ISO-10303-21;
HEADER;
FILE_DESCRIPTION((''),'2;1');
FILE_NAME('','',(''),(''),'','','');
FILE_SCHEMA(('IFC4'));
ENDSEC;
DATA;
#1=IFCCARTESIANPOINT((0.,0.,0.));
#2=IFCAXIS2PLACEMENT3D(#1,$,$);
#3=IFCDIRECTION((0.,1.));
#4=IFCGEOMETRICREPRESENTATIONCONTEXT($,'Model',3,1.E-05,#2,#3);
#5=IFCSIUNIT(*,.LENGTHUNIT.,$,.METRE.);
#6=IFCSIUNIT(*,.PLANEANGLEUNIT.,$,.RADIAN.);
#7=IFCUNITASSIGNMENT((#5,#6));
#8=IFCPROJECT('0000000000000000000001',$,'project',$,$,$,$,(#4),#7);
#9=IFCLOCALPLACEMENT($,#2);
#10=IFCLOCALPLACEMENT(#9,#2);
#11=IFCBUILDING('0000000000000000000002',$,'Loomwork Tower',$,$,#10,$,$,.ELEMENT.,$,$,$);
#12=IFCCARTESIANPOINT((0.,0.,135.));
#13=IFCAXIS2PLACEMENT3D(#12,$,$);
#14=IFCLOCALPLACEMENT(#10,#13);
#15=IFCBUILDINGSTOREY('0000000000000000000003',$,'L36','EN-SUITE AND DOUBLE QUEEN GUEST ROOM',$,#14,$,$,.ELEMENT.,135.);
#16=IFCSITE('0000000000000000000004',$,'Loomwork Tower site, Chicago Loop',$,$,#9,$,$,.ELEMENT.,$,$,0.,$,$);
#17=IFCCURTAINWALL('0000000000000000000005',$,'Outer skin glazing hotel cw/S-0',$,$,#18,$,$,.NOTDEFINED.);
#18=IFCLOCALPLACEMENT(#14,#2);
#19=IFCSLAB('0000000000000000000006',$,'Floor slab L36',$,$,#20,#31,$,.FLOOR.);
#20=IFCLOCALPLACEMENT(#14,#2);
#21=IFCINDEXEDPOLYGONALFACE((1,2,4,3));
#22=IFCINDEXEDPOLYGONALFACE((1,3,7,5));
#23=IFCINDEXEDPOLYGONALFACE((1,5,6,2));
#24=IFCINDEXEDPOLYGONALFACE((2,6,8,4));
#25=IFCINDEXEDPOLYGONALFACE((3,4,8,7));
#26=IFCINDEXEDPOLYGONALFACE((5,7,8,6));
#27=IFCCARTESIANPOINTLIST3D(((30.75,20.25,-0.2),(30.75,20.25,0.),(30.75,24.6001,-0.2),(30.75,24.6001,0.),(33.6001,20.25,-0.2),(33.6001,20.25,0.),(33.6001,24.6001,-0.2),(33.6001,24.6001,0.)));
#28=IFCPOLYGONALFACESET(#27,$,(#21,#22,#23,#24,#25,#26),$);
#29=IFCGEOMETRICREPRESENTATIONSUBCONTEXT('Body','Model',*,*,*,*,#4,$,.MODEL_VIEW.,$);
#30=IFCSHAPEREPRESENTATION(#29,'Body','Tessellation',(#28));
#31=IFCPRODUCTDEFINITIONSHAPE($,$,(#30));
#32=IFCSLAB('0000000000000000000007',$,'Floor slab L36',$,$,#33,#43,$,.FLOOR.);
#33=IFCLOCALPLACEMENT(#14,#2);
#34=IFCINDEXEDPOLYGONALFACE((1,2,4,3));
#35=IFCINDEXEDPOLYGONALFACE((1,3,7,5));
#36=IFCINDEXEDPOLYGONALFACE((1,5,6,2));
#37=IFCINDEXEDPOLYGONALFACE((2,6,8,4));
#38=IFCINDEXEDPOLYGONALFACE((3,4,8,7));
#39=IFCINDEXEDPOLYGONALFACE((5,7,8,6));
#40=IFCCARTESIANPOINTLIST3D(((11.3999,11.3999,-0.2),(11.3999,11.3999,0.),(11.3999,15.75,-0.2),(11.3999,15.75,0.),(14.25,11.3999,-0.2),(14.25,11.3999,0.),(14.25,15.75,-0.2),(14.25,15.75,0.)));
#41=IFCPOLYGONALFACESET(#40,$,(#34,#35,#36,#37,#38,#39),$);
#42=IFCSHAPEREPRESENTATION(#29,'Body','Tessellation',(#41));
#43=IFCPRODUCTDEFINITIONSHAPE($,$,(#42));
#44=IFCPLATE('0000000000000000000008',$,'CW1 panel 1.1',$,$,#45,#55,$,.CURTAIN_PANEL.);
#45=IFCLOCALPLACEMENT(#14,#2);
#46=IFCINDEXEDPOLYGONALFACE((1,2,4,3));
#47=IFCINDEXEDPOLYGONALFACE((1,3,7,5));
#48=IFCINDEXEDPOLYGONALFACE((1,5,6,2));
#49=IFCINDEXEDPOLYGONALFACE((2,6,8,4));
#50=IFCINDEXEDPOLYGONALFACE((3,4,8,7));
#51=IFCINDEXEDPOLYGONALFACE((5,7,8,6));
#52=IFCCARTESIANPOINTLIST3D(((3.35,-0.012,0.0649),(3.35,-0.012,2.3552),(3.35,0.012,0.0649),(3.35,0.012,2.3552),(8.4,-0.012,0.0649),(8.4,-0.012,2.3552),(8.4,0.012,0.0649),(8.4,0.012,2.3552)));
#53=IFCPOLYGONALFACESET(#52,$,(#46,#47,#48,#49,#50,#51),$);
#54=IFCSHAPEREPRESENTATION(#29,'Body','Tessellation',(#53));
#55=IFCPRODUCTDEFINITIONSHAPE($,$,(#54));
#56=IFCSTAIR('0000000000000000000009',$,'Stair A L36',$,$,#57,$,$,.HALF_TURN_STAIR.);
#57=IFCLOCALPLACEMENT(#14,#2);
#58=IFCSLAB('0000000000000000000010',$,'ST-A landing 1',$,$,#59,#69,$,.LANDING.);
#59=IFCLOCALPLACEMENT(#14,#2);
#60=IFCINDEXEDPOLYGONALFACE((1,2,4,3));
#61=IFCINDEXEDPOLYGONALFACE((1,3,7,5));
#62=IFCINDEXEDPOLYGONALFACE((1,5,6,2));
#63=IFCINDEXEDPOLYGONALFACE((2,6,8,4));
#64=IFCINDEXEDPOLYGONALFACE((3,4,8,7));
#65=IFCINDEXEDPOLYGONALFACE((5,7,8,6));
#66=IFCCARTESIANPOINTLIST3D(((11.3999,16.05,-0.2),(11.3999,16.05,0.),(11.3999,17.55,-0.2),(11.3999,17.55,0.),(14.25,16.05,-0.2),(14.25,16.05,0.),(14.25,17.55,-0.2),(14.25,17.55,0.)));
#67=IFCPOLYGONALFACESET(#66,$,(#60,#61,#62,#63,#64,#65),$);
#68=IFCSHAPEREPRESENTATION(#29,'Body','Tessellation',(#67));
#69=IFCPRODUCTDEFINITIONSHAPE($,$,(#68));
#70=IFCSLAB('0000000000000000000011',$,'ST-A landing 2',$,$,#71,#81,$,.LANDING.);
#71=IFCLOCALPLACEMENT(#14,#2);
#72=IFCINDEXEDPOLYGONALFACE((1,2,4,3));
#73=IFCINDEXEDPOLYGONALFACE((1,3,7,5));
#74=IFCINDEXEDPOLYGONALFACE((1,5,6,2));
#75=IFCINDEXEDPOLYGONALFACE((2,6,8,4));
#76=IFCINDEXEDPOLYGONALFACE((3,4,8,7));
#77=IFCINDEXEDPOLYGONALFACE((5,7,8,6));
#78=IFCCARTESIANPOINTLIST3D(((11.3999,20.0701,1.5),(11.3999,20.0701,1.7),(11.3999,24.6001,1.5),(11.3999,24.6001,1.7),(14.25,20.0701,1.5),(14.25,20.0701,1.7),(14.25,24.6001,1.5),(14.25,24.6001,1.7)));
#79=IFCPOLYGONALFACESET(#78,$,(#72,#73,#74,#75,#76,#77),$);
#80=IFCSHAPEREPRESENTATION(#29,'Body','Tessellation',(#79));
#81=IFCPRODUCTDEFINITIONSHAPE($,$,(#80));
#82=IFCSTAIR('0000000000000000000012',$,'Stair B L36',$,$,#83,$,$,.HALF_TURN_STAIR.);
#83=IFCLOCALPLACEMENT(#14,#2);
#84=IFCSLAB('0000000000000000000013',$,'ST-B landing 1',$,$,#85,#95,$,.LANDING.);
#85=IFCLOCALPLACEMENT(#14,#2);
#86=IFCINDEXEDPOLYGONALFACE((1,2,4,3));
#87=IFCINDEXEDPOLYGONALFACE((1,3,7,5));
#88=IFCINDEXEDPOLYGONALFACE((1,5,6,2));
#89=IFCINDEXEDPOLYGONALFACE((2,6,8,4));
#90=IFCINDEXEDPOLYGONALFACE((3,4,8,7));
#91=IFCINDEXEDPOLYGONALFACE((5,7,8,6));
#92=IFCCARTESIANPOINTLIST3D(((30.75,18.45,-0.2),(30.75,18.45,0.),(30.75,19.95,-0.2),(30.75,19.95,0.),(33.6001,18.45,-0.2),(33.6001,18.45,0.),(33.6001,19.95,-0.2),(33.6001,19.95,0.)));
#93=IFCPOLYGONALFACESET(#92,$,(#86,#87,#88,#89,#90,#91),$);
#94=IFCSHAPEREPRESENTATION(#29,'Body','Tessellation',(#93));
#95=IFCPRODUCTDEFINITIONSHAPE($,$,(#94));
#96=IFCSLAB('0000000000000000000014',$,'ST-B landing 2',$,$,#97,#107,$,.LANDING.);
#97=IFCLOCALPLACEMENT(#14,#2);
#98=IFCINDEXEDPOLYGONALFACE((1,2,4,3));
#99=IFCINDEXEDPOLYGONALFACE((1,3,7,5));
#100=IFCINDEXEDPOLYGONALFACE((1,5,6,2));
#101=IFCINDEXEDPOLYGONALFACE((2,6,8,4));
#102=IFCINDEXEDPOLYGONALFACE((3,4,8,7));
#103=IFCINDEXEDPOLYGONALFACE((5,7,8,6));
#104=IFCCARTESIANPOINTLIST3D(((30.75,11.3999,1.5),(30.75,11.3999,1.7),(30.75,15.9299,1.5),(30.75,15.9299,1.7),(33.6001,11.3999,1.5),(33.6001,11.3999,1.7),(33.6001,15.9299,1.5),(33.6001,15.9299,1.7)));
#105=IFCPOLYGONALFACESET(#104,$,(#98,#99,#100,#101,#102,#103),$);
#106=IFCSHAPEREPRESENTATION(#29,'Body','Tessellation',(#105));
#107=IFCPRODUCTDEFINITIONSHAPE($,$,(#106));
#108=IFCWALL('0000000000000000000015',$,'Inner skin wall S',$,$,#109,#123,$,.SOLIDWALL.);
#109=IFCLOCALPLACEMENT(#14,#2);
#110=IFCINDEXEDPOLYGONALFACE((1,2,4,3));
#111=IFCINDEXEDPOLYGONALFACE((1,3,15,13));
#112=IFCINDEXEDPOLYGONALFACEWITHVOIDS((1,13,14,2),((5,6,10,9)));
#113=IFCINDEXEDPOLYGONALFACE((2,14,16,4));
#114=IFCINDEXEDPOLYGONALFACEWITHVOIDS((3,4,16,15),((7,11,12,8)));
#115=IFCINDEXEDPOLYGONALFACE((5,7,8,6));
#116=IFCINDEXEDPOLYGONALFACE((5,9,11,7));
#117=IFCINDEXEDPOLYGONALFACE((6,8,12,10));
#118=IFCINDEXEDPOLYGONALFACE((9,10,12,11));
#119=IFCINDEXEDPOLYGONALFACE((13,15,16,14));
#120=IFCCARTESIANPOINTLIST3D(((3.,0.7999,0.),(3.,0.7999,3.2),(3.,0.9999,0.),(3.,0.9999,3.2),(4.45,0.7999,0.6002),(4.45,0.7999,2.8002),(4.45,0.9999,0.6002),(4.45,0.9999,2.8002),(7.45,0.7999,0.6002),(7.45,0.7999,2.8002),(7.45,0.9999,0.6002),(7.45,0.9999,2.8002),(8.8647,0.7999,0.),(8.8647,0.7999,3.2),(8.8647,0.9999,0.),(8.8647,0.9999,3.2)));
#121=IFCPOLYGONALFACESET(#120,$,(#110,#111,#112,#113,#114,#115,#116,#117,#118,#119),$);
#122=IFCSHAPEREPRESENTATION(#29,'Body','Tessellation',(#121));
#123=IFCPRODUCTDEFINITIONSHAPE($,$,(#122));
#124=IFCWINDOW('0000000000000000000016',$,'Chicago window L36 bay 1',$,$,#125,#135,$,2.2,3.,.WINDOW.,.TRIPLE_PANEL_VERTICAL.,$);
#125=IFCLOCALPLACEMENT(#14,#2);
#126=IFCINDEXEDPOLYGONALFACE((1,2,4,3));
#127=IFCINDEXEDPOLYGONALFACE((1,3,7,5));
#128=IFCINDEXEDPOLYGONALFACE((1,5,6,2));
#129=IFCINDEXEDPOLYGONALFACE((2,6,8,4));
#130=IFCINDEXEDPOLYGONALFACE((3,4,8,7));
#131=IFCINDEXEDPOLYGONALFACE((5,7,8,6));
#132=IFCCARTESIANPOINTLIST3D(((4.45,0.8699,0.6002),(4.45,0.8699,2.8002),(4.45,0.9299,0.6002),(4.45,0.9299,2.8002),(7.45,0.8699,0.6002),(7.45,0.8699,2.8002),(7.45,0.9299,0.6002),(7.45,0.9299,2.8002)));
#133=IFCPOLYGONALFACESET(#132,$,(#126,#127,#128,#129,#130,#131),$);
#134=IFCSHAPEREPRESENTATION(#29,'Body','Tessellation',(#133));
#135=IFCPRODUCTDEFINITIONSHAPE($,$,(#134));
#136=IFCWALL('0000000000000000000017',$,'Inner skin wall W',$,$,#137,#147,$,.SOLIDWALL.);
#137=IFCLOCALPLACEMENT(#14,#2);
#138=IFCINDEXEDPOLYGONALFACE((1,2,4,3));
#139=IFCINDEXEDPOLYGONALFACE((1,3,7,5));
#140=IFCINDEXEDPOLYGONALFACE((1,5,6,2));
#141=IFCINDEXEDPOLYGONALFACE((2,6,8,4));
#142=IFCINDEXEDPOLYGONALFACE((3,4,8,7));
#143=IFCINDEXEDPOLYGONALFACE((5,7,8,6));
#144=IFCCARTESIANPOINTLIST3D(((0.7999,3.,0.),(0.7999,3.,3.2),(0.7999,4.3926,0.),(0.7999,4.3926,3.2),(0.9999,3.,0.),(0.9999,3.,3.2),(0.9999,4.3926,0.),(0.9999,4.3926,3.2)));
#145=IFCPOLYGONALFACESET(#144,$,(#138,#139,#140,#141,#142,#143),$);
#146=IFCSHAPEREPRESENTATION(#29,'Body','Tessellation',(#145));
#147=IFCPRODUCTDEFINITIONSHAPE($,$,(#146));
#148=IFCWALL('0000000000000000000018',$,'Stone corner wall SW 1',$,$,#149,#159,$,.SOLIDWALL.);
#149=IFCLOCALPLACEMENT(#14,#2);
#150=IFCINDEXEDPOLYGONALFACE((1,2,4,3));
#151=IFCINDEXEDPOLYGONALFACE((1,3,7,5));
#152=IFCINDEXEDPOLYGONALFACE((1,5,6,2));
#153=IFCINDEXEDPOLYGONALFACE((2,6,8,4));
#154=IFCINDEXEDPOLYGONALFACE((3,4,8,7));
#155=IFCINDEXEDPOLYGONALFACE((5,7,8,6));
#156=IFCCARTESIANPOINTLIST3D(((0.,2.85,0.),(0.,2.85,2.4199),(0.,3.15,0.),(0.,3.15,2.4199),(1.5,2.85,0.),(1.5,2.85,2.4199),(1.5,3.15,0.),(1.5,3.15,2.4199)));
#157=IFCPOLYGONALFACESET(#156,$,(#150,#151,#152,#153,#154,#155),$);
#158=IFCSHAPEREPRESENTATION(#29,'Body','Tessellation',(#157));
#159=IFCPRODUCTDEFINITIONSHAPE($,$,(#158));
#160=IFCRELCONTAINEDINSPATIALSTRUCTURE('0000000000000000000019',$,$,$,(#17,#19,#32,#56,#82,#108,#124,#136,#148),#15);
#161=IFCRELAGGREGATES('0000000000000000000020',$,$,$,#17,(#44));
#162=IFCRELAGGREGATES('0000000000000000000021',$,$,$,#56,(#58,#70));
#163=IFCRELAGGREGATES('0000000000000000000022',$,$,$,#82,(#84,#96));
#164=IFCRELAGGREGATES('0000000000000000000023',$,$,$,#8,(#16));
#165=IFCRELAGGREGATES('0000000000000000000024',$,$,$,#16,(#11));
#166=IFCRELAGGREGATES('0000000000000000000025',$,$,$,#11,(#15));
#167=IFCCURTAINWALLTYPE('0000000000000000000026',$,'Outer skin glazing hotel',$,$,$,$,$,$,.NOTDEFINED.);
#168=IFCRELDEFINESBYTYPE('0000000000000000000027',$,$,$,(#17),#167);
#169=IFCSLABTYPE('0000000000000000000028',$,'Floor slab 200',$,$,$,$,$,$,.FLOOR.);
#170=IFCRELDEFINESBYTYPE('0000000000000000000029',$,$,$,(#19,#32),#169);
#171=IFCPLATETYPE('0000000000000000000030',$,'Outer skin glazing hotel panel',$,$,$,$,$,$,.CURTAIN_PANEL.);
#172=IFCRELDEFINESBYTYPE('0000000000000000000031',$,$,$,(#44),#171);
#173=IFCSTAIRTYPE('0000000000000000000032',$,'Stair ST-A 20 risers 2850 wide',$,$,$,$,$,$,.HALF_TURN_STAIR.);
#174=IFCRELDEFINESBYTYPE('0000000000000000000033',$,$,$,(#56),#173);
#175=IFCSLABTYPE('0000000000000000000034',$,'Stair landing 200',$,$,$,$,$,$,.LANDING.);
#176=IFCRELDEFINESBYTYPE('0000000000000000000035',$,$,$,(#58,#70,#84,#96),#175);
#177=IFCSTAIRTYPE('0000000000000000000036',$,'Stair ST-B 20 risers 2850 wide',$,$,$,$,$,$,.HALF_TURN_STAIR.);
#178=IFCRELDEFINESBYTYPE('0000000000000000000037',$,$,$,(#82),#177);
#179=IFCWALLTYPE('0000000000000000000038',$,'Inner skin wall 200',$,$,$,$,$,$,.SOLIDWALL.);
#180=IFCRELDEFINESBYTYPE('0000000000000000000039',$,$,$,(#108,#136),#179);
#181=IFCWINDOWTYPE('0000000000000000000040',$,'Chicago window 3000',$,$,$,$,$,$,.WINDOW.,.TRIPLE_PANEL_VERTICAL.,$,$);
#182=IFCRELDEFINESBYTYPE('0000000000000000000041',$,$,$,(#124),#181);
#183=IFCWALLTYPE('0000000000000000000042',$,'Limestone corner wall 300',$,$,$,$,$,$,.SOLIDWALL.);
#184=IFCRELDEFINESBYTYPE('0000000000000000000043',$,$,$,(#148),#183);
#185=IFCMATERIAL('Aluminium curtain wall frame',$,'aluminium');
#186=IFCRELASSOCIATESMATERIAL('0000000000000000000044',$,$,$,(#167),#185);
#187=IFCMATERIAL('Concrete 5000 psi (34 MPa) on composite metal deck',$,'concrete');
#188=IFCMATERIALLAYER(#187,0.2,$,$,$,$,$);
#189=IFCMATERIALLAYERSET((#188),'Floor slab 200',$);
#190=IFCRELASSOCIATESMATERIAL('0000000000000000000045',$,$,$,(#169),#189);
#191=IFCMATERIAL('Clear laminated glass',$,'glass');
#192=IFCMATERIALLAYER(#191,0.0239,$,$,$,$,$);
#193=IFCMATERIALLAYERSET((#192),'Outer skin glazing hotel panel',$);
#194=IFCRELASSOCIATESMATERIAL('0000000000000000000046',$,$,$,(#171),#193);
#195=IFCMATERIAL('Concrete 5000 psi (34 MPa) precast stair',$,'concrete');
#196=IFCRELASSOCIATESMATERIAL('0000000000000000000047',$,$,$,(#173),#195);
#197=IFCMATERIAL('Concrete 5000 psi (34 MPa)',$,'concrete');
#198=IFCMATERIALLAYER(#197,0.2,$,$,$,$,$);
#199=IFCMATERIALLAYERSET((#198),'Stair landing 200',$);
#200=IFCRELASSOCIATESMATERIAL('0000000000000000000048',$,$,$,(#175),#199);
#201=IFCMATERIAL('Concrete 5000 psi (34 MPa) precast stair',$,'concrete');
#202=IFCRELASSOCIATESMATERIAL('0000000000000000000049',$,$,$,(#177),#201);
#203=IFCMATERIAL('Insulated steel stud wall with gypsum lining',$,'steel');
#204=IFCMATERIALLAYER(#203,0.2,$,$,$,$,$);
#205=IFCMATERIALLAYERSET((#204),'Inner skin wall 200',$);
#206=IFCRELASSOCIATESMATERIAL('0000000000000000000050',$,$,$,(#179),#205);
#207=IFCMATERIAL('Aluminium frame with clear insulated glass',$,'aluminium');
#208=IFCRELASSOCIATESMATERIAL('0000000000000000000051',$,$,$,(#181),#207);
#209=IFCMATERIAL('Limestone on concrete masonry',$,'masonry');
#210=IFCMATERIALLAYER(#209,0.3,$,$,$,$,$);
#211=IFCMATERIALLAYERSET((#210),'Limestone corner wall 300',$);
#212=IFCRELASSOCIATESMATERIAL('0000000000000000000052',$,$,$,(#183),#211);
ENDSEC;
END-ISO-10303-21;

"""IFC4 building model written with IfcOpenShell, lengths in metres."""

from ifc_helpers import new_model, si_unit, direction, frame, frame_2d, origin, origin_2d, place, context, subcontext, project, spatial, polyline, rectangle, outline, extrude, material, layer, layer_set, type_object, element, fill, aggregate, save


model = new_model("IFC4")

# Units and contexts
model_context = context("Model", 3, precision=1e-05, world=origin(), true_north=direction((0.0, 1.0)))
body_context = subcontext(model_context, "Body", "Model", "MODEL_VIEW")
ifc_project = project(units=[si_unit("LENGTHUNIT", "METRE"), si_unit("PLANEANGLEUNIT", "RADIAN")], contexts=[model_context])

# Site, building, storey
site_placement = place(None, origin())
site = spatial("IfcSite", under=ifc_project, at=site_placement, Name="Loomwork Tower site, Chicago Loop", CompositionType="ELEMENT", RefElevation=0.0)
building_placement = place(site_placement, origin())
building = spatial("IfcBuilding", under=site, at=building_placement, Name="Loomwork Tower", CompositionType="ELEMENT")
storey_placement = place(building_placement, frame((0.0, 0.0, 135.0)))
storey = spatial("IfcBuildingStorey", under=building, at=storey_placement, Name="L36", Description="EN-SUITE AND DOUBLE QUEEN GUEST ROOM", CompositionType="ELEMENT", Elevation=135.0)

# Curtain wall
ifc_material_1 = material(Name="Aluminium curtain wall frame", Category="aluminium")
curtain_wall_type = type_object("IfcCurtainWallType", Name="Outer skin glazing hotel", PredefinedType="NOTDEFINED", material=ifc_material_1)
curtain_wall_1_placement = place(storey_placement, origin())
curtain_wall_1 = element("IfcCurtainWall", 1, at=curtain_wall_1_placement, inside=storey, type_object=curtain_wall_type, Name="Outer skin glazing hotel cw/S-0", PredefinedType="NOTDEFINED")

# Slabs
ifc_material_2 = material(Name="Concrete 5000 psi (34 MPa) on composite metal deck", Category="concrete")
ifc_layer_1 = layer(ifc_material_2, 0.2)
ifc_layer_set_1 = layer_set([ifc_layer_1], Name="Floor slab 200")
slab_type_1 = type_object("IfcSlabType", Name="Floor slab 200", PredefinedType="FLOOR", material=ifc_layer_set_1)
slab_1_placement = place(storey_placement, frame((0.0, 0.0, -0.2)))
element("IfcSlab", 2, at=slab_1_placement, inside=storey, type_object=slab_type_1, Name="Floor slab L36", PredefinedType="FLOOR", context=body_context, shape_type="SweptSolid", body=[
    extrude(outline(polyline([(33.6001, 20.25), (30.75, 20.25), (30.75, 24.6001), (33.6001, 24.6001), (33.6001, 20.25)])), origin(), (0.0, 0.0, 1.0), 0.2),
])
slab_2_placement = place(storey_placement, frame((0.0, 0.0, -0.2)))
element("IfcSlab", 3, at=slab_2_placement, inside=storey, type_object=slab_type_1, Name="Floor slab L36", PredefinedType="FLOOR", context=body_context, shape_type="SweptSolid", body=[
    extrude(outline(polyline([(14.25, 15.75), (14.25, 11.3999), (11.3999, 11.3999), (11.3999, 15.75), (14.25, 15.75)])), origin(), (0.0, 0.0, 1.0), 0.2),
])

# Plate
ifc_material_3 = material(Name="Clear laminated glass", Category="glass")
ifc_layer_2 = layer(ifc_material_3, 0.0239)
ifc_layer_set_2 = layer_set([ifc_layer_2], Name="Outer skin glazing hotel panel")
plate_type = type_object("IfcPlateType", Name="Outer skin glazing hotel panel", PredefinedType="CURTAIN_PANEL", material=ifc_layer_set_2)
plate_placement = place(storey_placement, frame((5.875, 0.0, 0.0649), z_axis=(0.0, 0.0, 1.0), x_axis=(1.0, 0.0, 0.0)))
plate = element("IfcPlate", 4, at=plate_placement, type_object=plate_type, Name="CW1 panel 1.1", PredefinedType="CURTAIN_PANEL", context=body_context, shape_type="SweptSolid", body=[
    extrude(rectangle(XDim=5.05, YDim=0.0239, at=origin_2d()), origin(), (0.0, 0.0, 1.0), 2.2903),
])
aggregate(curtain_wall_1, [plate])

# Stairs, slabs
ifc_material_4 = material(Name="Concrete 5000 psi (34 MPa) precast stair", Category="concrete")
stair_type_1 = type_object("IfcStairType", Name="Stair ST-A 20 risers 2850 wide", PredefinedType="HALF_TURN_STAIR", material=ifc_material_4)
stair_1_placement = place(storey_placement, origin())
stair_1 = element("IfcStair", 5, at=stair_1_placement, inside=storey, type_object=stair_type_1, Name="Stair A L36", PredefinedType="HALF_TURN_STAIR")
ifc_material_5 = material(Name="Concrete 5000 psi (34 MPa)", Category="concrete")
ifc_layer_3 = layer(ifc_material_5, 0.2)
ifc_layer_set_3 = layer_set([ifc_layer_3], Name="Stair landing 200")
slab_type_2 = type_object("IfcSlabType", Name="Stair landing 200", PredefinedType="LANDING", material=ifc_layer_set_3)
slab_3_placement = place(storey_placement, frame((0.0, 0.0, -0.2)))
slab_3 = element("IfcSlab", 6, at=slab_3_placement, type_object=slab_type_2, Name="ST-A landing 1", PredefinedType="LANDING", context=body_context, shape_type="SweptSolid", body=[
    extrude(outline(polyline([(11.3999, 16.05), (14.25, 16.05), (14.25, 17.55), (11.3999, 17.55), (11.3999, 16.05)])), origin(), (0.0, 0.0, 1.0), 0.2),
])
slab_4_placement = place(storey_placement, frame((0.0, 0.0, 1.5)))
slab_4 = element("IfcSlab", 7, at=slab_4_placement, type_object=slab_type_2, Name="ST-A landing 2", PredefinedType="LANDING", context=body_context, shape_type="SweptSolid", body=[
    extrude(outline(polyline([(11.3999, 20.0701), (14.25, 20.0701), (14.25, 24.6001), (11.3999, 24.6001), (11.3999, 20.0701)])), origin(), (0.0, 0.0, 1.0), 0.2),
])
aggregate(stair_1, [slab_3, slab_4])
ifc_material_6 = material(Name="Concrete 5000 psi (34 MPa) precast stair", Category="concrete")
stair_type_2 = type_object("IfcStairType", Name="Stair ST-B 20 risers 2850 wide", PredefinedType="HALF_TURN_STAIR", material=ifc_material_6)
stair_2_placement = place(storey_placement, origin())
stair_2 = element("IfcStair", 8, at=stair_2_placement, inside=storey, type_object=stair_type_2, Name="Stair B L36", PredefinedType="HALF_TURN_STAIR")
slab_5_placement = place(storey_placement, frame((0.0, 0.0, -0.2)))
slab_5 = element("IfcSlab", 9, at=slab_5_placement, type_object=slab_type_2, Name="ST-B landing 1", PredefinedType="LANDING", context=body_context, shape_type="SweptSolid", body=[
    extrude(outline(polyline([(30.75, 18.45), (33.6001, 18.45), (33.6001, 19.95), (30.75, 19.95), (30.75, 18.45)])), origin(), (0.0, 0.0, 1.0), 0.2),
])
slab_6_placement = place(storey_placement, frame((0.0, 0.0, 1.5)))
slab_6 = element("IfcSlab", 10, at=slab_6_placement, type_object=slab_type_2, Name="ST-B landing 2", PredefinedType="LANDING", context=body_context, shape_type="SweptSolid", body=[
    extrude(outline(polyline([(30.75, 11.3999), (33.6001, 11.3999), (33.6001, 15.9299), (30.75, 15.9299), (30.75, 11.3999)])), origin(), (0.0, 0.0, 1.0), 0.2),
])
aggregate(stair_2, [slab_5, slab_6])

# Wall, opening, window
ifc_material_7 = material(Name="Insulated steel stud wall with gypsum lining", Category="steel")
ifc_layer_4 = layer(ifc_material_7, 0.2)
ifc_layer_set_4 = layer_set([ifc_layer_4], Name="Inner skin wall 200")
wall_type_1 = type_object("IfcWallType", Name="Inner skin wall 200", PredefinedType="SOLIDWALL", material=ifc_layer_set_4)
wall_1_placement = place(storey_placement, frame((3.0, 0.8999, 0.0), z_axis=(0.0, 0.0, 1.0), x_axis=(1.0, 0.0, 0.0)))
wall_1 = element("IfcWall", 11, at=wall_1_placement, inside=storey, type_object=wall_type_1, Name="Inner skin wall S", PredefinedType="SOLIDWALL", context=body_context, shape_type="SweptSolid", body=[
    extrude(rectangle(XDim=5.8647, YDim=0.2, at=frame_2d((2.9324, 0.0))), origin(), (0.0, 0.0, 1.0), 3.2),
])
opening_1_placement = place(wall_1_placement, frame((1.45, 0.0, 0.6001)))
opening_1 = element("IfcOpeningElement", 12, at=opening_1_placement, cuts=wall_1, PredefinedType="OPENING", context=body_context, shape_type="SweptSolid", body=[
    extrude(rectangle(XDim=3.0, YDim=2.2, at=frame_2d((1.5, 1.1001))), frame((0.0, 0.1099, 0.0), z_axis=(0.0, -1.0, 0.0), x_axis=(1.0, 0.0, 0.0)), (0.0, 0.0, 1.0), 0.22),
])
ifc_material_8 = material(Name="Aluminium frame with clear insulated glass", Category="aluminium")
window_type_1 = type_object("IfcWindowType", Name="Chicago window 3000", PartitioningType="TRIPLE_PANEL_VERTICAL", PredefinedType="WINDOW", material=ifc_material_8)
window_1_placement = place(opening_1_placement, origin())
window_1 = element("IfcWindow", 13, at=window_1_placement, inside=storey, type_object=window_type_1, Name="Chicago window L36 bay 1", OverallHeight=2.2, OverallWidth=3.0, PartitioningType="TRIPLE_PANEL_VERTICAL", PredefinedType="WINDOW", context=body_context, shape_type="SweptSolid", body=[
    extrude(rectangle(XDim=3.0, YDim=2.2, at=frame_2d((1.5, 1.1001))), frame((0.0, 0.03, 0.0), z_axis=(0.0, -1.0, 0.0), x_axis=(1.0, 0.0, 0.0)), (0.0, 0.0, 1.0), 0.0601),
])
fill(opening_1, window_1)

# Walls
wall_2_placement = place(storey_placement, frame((0.8999, 3.0, 0.0), z_axis=(0.0, 0.0, 1.0), x_axis=(0.0, 1.0, 0.0)))
element("IfcWall", 14, at=wall_2_placement, inside=storey, type_object=wall_type_1, Name="Inner skin wall W", PredefinedType="SOLIDWALL", context=body_context, shape_type="SweptSolid", body=[
    extrude(rectangle(XDim=1.3926, YDim=0.2, at=frame_2d((0.6963, 0.0))), origin(), (0.0, 0.0, 1.0), 3.2),
])
ifc_material_9 = material(Name="Limestone on concrete masonry", Category="masonry")
ifc_layer_5 = layer(ifc_material_9, 0.3)
ifc_layer_set_5 = layer_set([ifc_layer_5], Name="Limestone corner wall 300")
wall_type_2 = type_object("IfcWallType", Name="Limestone corner wall 300", PredefinedType="SOLIDWALL", material=ifc_layer_set_5)
wall_3_placement = place(storey_placement, frame((0.0, 3.0, 0.0), z_axis=(0.0, 0.0, 1.0), x_axis=(1.0, 0.0, 0.0)))
element("IfcWall", 15, at=wall_3_placement, inside=storey, type_object=wall_type_2, Name="Stone corner wall SW 1", PredefinedType="SOLIDWALL", context=body_context, shape_type="SweptSolid", body=[
    extrude(rectangle(XDim=1.5, YDim=0.3, at=frame_2d((0.75, 0.0))), origin(), (0.0, 0.0, 1.0), 2.4199),
])

save(model, "model.ifc")
